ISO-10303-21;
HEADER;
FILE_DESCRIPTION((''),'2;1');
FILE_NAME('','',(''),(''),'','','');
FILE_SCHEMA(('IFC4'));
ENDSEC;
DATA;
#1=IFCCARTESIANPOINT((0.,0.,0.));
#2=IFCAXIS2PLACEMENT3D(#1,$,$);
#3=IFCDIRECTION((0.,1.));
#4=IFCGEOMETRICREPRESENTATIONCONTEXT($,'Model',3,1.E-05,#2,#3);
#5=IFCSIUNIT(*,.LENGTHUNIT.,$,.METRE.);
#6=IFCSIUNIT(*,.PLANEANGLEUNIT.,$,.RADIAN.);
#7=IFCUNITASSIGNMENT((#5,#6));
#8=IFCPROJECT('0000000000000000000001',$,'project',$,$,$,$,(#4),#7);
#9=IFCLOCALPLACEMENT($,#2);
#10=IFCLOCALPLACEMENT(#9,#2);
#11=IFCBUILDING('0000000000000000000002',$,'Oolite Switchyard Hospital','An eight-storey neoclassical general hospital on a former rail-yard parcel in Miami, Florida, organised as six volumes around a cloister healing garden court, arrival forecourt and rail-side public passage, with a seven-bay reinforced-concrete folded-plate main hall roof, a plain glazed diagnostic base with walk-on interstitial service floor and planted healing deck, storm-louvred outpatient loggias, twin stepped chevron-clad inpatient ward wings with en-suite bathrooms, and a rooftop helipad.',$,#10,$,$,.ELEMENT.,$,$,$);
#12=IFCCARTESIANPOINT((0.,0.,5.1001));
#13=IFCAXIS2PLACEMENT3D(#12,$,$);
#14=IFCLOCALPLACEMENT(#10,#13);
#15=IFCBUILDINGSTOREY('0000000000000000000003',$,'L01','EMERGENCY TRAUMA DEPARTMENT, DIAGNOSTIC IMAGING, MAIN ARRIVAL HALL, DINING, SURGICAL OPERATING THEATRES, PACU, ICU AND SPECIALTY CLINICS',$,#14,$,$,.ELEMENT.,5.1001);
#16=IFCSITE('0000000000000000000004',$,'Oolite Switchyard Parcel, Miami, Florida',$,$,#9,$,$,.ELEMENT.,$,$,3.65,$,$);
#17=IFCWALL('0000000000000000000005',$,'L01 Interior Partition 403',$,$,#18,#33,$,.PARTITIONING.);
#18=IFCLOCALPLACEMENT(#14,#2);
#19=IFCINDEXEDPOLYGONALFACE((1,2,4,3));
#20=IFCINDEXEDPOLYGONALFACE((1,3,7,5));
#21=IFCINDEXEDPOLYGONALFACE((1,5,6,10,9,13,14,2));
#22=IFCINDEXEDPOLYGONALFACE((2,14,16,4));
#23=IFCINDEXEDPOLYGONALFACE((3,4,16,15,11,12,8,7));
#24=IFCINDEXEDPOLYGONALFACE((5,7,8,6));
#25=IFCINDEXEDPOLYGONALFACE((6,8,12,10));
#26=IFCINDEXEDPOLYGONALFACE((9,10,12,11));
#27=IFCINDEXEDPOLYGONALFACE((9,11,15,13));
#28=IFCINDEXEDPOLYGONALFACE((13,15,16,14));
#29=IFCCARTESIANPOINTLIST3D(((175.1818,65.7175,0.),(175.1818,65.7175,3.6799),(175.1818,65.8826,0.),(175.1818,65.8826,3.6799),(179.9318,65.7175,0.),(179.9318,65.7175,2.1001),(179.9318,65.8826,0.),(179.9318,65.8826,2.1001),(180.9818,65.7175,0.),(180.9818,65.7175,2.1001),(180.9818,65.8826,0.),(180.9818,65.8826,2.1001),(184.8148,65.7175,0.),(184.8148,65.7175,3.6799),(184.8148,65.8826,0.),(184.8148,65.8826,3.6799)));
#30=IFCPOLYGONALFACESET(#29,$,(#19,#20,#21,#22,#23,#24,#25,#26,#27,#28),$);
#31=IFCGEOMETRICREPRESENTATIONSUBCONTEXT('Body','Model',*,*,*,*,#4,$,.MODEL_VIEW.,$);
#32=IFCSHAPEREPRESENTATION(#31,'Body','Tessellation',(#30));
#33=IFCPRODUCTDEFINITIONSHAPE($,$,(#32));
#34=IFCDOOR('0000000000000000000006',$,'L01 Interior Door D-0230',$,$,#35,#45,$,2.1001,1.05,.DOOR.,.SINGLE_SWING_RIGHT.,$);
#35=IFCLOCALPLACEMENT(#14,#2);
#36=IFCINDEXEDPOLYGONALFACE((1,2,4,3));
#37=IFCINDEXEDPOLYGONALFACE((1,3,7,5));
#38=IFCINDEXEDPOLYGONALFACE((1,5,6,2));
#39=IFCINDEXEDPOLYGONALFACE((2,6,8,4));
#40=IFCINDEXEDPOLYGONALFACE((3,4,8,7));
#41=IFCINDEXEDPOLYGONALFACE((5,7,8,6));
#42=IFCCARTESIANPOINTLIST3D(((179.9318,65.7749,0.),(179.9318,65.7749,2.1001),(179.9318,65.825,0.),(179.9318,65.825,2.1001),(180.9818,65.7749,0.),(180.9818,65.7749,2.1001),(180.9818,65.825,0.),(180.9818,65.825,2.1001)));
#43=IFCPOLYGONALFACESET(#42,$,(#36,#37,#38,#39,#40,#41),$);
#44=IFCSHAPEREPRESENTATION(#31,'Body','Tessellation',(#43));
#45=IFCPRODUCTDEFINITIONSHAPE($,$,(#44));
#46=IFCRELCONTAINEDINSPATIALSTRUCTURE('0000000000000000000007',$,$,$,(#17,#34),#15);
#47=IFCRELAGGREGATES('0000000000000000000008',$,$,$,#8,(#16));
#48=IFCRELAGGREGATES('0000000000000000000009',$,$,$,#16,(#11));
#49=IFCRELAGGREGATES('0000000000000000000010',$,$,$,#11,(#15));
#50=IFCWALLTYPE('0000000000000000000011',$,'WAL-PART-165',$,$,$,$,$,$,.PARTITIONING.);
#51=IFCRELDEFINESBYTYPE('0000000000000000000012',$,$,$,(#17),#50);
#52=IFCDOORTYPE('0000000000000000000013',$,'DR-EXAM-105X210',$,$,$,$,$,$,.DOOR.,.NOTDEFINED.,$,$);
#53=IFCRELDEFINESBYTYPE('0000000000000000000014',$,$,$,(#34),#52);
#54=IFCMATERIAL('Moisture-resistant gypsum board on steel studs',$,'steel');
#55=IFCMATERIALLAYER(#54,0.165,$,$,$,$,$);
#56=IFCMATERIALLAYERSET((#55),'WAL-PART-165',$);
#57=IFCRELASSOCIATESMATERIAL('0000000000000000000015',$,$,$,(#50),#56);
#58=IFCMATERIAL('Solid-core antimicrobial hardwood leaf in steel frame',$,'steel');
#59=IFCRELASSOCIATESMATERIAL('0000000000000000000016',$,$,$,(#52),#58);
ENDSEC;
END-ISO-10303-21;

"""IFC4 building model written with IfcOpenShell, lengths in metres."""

from ifc_helpers import new_model, si_unit, direction, frame, frame_2d, origin, place, context, subcontext, project, spatial, rectangle, extrude, material, layer, layer_set, type_object, element, fill, save


model = new_model("IFC4")

# Units and contexts
model_context = context("Model", 3, precision=1e-05, world=origin(), true_north=direction((0.0, 1.0)))
body_context = subcontext(model_context, "Body", "Model", "MODEL_VIEW")
ifc_project = project(units=[si_unit("LENGTHUNIT", "METRE"), si_unit("PLANEANGLEUNIT", "RADIAN")], contexts=[model_context])

# Site, building, storey
site_placement = place(None, origin())
site = spatial("IfcSite", under=ifc_project, at=site_placement, Name="Oolite Switchyard Parcel, Miami, Florida", CompositionType="ELEMENT", RefElevation=3.65)
building_placement = place(site_placement, origin())
building = spatial("IfcBuilding", under=site, at=building_placement, Name="Oolite Switchyard Hospital", Description="An eight-storey neoclassical general hospital on a former rail-yard parcel in Miami, Florida, organised as six volumes around a cloister healing garden court, arrival forecourt and rail-side public passage, with a seven-bay reinforced-concrete folded-plate main hall roof, a plain glazed diagnostic base with walk-on interstitial service floor and planted healing deck, storm-louvred outpatient loggias, twin stepped chevron-clad inpatient ward wings with en-suite bathrooms, and a rooftop helipad.", CompositionType="ELEMENT")
storey_placement = place(building_placement, frame((0.0, 0.0, 5.1001)))
storey = spatial("IfcBuildingStorey", under=building, at=storey_placement, Name="L01", Description="EMERGENCY TRAUMA DEPARTMENT, DIAGNOSTIC IMAGING, MAIN ARRIVAL HALL, DINING, SURGICAL OPERATING THEATRES, PACU, ICU AND SPECIALTY CLINICS", CompositionType="ELEMENT", Elevation=5.1001)

# Shared definitions
ifc_material_1 = material(Name="Moisture-resistant gypsum board on steel studs", Category="steel")

# Wall, opening, door
ifc_layer_1 = layer(ifc_material_1, 0.165)
ifc_layer_set_1 = layer_set([ifc_layer_1], Name="WAL-PART-165")
wall_type_1 = type_object("IfcWallType", Name="WAL-PART-165", PredefinedType="PARTITIONING", material=ifc_layer_set_1)
wall_1_placement = place(storey_placement, frame((175.1819, 65.8, 0.0), z_axis=(0.0, 0.0, 1.0), x_axis=(1.0, 0.0, 0.0)))
wall_1 = element("IfcWall", 1, at=wall_1_placement, inside=storey, type_object=wall_type_1, Name="L01 Interior Partition 403", PredefinedType="PARTITIONING", context=body_context, shape_type="SweptSolid", body=[
    extrude(rectangle(XDim=9.6331, YDim=0.165, at=frame_2d((4.8164, 0.0))), origin(), (0.0, 0.0, 1.0), 3.6799),
])
opening_1_placement = place(wall_1_placement, frame((4.75, 0.0, 0.0)))
opening_1 = element("IfcOpeningElement", 2, at=opening_1_placement, cuts=wall_1, PredefinedType="OPENING", context=body_context, shape_type="SweptSolid", body=[
    extrude(rectangle(XDim=1.05, YDim=2.1001, at=frame_2d((0.5249, 1.05))), frame((0.0, 0.0925, 0.0), z_axis=(0.0, -1.0, 0.0), x_axis=(1.0, 0.0, 0.0)), (0.0, 0.0, 1.0), 0.1851),
])
ifc_material_2 = material(Name="Solid-core antimicrobial hardwood leaf in steel frame", Category="steel")
door_type_1 = type_object("IfcDoorType", Name="DR-EXAM-105X210", OperationType="NOTDEFINED", PredefinedType="DOOR", material=ifc_material_2)
door_1_placement = place(opening_1_placement, origin())
door_1 = element("IfcDoor", 3, at=door_1_placement, inside=storey, type_object=door_type_1, Name="L01 Interior Door D-0230", OperationType="SINGLE_SWING_RIGHT", OverallHeight=2.1001, OverallWidth=1.05, PredefinedType="DOOR", context=body_context, shape_type="SweptSolid", body=[
    extrude(rectangle(XDim=1.05, YDim=2.1001, at=frame_2d((0.5249, 1.05))), frame((0.0, 0.0249, 0.0), z_axis=(0.0, -1.0, 0.0), x_axis=(1.0, 0.0, 0.0)), (0.0, 0.0, 1.0), 0.05),
])
fill(opening_1, door_1)

save(model, "model.ifc")
